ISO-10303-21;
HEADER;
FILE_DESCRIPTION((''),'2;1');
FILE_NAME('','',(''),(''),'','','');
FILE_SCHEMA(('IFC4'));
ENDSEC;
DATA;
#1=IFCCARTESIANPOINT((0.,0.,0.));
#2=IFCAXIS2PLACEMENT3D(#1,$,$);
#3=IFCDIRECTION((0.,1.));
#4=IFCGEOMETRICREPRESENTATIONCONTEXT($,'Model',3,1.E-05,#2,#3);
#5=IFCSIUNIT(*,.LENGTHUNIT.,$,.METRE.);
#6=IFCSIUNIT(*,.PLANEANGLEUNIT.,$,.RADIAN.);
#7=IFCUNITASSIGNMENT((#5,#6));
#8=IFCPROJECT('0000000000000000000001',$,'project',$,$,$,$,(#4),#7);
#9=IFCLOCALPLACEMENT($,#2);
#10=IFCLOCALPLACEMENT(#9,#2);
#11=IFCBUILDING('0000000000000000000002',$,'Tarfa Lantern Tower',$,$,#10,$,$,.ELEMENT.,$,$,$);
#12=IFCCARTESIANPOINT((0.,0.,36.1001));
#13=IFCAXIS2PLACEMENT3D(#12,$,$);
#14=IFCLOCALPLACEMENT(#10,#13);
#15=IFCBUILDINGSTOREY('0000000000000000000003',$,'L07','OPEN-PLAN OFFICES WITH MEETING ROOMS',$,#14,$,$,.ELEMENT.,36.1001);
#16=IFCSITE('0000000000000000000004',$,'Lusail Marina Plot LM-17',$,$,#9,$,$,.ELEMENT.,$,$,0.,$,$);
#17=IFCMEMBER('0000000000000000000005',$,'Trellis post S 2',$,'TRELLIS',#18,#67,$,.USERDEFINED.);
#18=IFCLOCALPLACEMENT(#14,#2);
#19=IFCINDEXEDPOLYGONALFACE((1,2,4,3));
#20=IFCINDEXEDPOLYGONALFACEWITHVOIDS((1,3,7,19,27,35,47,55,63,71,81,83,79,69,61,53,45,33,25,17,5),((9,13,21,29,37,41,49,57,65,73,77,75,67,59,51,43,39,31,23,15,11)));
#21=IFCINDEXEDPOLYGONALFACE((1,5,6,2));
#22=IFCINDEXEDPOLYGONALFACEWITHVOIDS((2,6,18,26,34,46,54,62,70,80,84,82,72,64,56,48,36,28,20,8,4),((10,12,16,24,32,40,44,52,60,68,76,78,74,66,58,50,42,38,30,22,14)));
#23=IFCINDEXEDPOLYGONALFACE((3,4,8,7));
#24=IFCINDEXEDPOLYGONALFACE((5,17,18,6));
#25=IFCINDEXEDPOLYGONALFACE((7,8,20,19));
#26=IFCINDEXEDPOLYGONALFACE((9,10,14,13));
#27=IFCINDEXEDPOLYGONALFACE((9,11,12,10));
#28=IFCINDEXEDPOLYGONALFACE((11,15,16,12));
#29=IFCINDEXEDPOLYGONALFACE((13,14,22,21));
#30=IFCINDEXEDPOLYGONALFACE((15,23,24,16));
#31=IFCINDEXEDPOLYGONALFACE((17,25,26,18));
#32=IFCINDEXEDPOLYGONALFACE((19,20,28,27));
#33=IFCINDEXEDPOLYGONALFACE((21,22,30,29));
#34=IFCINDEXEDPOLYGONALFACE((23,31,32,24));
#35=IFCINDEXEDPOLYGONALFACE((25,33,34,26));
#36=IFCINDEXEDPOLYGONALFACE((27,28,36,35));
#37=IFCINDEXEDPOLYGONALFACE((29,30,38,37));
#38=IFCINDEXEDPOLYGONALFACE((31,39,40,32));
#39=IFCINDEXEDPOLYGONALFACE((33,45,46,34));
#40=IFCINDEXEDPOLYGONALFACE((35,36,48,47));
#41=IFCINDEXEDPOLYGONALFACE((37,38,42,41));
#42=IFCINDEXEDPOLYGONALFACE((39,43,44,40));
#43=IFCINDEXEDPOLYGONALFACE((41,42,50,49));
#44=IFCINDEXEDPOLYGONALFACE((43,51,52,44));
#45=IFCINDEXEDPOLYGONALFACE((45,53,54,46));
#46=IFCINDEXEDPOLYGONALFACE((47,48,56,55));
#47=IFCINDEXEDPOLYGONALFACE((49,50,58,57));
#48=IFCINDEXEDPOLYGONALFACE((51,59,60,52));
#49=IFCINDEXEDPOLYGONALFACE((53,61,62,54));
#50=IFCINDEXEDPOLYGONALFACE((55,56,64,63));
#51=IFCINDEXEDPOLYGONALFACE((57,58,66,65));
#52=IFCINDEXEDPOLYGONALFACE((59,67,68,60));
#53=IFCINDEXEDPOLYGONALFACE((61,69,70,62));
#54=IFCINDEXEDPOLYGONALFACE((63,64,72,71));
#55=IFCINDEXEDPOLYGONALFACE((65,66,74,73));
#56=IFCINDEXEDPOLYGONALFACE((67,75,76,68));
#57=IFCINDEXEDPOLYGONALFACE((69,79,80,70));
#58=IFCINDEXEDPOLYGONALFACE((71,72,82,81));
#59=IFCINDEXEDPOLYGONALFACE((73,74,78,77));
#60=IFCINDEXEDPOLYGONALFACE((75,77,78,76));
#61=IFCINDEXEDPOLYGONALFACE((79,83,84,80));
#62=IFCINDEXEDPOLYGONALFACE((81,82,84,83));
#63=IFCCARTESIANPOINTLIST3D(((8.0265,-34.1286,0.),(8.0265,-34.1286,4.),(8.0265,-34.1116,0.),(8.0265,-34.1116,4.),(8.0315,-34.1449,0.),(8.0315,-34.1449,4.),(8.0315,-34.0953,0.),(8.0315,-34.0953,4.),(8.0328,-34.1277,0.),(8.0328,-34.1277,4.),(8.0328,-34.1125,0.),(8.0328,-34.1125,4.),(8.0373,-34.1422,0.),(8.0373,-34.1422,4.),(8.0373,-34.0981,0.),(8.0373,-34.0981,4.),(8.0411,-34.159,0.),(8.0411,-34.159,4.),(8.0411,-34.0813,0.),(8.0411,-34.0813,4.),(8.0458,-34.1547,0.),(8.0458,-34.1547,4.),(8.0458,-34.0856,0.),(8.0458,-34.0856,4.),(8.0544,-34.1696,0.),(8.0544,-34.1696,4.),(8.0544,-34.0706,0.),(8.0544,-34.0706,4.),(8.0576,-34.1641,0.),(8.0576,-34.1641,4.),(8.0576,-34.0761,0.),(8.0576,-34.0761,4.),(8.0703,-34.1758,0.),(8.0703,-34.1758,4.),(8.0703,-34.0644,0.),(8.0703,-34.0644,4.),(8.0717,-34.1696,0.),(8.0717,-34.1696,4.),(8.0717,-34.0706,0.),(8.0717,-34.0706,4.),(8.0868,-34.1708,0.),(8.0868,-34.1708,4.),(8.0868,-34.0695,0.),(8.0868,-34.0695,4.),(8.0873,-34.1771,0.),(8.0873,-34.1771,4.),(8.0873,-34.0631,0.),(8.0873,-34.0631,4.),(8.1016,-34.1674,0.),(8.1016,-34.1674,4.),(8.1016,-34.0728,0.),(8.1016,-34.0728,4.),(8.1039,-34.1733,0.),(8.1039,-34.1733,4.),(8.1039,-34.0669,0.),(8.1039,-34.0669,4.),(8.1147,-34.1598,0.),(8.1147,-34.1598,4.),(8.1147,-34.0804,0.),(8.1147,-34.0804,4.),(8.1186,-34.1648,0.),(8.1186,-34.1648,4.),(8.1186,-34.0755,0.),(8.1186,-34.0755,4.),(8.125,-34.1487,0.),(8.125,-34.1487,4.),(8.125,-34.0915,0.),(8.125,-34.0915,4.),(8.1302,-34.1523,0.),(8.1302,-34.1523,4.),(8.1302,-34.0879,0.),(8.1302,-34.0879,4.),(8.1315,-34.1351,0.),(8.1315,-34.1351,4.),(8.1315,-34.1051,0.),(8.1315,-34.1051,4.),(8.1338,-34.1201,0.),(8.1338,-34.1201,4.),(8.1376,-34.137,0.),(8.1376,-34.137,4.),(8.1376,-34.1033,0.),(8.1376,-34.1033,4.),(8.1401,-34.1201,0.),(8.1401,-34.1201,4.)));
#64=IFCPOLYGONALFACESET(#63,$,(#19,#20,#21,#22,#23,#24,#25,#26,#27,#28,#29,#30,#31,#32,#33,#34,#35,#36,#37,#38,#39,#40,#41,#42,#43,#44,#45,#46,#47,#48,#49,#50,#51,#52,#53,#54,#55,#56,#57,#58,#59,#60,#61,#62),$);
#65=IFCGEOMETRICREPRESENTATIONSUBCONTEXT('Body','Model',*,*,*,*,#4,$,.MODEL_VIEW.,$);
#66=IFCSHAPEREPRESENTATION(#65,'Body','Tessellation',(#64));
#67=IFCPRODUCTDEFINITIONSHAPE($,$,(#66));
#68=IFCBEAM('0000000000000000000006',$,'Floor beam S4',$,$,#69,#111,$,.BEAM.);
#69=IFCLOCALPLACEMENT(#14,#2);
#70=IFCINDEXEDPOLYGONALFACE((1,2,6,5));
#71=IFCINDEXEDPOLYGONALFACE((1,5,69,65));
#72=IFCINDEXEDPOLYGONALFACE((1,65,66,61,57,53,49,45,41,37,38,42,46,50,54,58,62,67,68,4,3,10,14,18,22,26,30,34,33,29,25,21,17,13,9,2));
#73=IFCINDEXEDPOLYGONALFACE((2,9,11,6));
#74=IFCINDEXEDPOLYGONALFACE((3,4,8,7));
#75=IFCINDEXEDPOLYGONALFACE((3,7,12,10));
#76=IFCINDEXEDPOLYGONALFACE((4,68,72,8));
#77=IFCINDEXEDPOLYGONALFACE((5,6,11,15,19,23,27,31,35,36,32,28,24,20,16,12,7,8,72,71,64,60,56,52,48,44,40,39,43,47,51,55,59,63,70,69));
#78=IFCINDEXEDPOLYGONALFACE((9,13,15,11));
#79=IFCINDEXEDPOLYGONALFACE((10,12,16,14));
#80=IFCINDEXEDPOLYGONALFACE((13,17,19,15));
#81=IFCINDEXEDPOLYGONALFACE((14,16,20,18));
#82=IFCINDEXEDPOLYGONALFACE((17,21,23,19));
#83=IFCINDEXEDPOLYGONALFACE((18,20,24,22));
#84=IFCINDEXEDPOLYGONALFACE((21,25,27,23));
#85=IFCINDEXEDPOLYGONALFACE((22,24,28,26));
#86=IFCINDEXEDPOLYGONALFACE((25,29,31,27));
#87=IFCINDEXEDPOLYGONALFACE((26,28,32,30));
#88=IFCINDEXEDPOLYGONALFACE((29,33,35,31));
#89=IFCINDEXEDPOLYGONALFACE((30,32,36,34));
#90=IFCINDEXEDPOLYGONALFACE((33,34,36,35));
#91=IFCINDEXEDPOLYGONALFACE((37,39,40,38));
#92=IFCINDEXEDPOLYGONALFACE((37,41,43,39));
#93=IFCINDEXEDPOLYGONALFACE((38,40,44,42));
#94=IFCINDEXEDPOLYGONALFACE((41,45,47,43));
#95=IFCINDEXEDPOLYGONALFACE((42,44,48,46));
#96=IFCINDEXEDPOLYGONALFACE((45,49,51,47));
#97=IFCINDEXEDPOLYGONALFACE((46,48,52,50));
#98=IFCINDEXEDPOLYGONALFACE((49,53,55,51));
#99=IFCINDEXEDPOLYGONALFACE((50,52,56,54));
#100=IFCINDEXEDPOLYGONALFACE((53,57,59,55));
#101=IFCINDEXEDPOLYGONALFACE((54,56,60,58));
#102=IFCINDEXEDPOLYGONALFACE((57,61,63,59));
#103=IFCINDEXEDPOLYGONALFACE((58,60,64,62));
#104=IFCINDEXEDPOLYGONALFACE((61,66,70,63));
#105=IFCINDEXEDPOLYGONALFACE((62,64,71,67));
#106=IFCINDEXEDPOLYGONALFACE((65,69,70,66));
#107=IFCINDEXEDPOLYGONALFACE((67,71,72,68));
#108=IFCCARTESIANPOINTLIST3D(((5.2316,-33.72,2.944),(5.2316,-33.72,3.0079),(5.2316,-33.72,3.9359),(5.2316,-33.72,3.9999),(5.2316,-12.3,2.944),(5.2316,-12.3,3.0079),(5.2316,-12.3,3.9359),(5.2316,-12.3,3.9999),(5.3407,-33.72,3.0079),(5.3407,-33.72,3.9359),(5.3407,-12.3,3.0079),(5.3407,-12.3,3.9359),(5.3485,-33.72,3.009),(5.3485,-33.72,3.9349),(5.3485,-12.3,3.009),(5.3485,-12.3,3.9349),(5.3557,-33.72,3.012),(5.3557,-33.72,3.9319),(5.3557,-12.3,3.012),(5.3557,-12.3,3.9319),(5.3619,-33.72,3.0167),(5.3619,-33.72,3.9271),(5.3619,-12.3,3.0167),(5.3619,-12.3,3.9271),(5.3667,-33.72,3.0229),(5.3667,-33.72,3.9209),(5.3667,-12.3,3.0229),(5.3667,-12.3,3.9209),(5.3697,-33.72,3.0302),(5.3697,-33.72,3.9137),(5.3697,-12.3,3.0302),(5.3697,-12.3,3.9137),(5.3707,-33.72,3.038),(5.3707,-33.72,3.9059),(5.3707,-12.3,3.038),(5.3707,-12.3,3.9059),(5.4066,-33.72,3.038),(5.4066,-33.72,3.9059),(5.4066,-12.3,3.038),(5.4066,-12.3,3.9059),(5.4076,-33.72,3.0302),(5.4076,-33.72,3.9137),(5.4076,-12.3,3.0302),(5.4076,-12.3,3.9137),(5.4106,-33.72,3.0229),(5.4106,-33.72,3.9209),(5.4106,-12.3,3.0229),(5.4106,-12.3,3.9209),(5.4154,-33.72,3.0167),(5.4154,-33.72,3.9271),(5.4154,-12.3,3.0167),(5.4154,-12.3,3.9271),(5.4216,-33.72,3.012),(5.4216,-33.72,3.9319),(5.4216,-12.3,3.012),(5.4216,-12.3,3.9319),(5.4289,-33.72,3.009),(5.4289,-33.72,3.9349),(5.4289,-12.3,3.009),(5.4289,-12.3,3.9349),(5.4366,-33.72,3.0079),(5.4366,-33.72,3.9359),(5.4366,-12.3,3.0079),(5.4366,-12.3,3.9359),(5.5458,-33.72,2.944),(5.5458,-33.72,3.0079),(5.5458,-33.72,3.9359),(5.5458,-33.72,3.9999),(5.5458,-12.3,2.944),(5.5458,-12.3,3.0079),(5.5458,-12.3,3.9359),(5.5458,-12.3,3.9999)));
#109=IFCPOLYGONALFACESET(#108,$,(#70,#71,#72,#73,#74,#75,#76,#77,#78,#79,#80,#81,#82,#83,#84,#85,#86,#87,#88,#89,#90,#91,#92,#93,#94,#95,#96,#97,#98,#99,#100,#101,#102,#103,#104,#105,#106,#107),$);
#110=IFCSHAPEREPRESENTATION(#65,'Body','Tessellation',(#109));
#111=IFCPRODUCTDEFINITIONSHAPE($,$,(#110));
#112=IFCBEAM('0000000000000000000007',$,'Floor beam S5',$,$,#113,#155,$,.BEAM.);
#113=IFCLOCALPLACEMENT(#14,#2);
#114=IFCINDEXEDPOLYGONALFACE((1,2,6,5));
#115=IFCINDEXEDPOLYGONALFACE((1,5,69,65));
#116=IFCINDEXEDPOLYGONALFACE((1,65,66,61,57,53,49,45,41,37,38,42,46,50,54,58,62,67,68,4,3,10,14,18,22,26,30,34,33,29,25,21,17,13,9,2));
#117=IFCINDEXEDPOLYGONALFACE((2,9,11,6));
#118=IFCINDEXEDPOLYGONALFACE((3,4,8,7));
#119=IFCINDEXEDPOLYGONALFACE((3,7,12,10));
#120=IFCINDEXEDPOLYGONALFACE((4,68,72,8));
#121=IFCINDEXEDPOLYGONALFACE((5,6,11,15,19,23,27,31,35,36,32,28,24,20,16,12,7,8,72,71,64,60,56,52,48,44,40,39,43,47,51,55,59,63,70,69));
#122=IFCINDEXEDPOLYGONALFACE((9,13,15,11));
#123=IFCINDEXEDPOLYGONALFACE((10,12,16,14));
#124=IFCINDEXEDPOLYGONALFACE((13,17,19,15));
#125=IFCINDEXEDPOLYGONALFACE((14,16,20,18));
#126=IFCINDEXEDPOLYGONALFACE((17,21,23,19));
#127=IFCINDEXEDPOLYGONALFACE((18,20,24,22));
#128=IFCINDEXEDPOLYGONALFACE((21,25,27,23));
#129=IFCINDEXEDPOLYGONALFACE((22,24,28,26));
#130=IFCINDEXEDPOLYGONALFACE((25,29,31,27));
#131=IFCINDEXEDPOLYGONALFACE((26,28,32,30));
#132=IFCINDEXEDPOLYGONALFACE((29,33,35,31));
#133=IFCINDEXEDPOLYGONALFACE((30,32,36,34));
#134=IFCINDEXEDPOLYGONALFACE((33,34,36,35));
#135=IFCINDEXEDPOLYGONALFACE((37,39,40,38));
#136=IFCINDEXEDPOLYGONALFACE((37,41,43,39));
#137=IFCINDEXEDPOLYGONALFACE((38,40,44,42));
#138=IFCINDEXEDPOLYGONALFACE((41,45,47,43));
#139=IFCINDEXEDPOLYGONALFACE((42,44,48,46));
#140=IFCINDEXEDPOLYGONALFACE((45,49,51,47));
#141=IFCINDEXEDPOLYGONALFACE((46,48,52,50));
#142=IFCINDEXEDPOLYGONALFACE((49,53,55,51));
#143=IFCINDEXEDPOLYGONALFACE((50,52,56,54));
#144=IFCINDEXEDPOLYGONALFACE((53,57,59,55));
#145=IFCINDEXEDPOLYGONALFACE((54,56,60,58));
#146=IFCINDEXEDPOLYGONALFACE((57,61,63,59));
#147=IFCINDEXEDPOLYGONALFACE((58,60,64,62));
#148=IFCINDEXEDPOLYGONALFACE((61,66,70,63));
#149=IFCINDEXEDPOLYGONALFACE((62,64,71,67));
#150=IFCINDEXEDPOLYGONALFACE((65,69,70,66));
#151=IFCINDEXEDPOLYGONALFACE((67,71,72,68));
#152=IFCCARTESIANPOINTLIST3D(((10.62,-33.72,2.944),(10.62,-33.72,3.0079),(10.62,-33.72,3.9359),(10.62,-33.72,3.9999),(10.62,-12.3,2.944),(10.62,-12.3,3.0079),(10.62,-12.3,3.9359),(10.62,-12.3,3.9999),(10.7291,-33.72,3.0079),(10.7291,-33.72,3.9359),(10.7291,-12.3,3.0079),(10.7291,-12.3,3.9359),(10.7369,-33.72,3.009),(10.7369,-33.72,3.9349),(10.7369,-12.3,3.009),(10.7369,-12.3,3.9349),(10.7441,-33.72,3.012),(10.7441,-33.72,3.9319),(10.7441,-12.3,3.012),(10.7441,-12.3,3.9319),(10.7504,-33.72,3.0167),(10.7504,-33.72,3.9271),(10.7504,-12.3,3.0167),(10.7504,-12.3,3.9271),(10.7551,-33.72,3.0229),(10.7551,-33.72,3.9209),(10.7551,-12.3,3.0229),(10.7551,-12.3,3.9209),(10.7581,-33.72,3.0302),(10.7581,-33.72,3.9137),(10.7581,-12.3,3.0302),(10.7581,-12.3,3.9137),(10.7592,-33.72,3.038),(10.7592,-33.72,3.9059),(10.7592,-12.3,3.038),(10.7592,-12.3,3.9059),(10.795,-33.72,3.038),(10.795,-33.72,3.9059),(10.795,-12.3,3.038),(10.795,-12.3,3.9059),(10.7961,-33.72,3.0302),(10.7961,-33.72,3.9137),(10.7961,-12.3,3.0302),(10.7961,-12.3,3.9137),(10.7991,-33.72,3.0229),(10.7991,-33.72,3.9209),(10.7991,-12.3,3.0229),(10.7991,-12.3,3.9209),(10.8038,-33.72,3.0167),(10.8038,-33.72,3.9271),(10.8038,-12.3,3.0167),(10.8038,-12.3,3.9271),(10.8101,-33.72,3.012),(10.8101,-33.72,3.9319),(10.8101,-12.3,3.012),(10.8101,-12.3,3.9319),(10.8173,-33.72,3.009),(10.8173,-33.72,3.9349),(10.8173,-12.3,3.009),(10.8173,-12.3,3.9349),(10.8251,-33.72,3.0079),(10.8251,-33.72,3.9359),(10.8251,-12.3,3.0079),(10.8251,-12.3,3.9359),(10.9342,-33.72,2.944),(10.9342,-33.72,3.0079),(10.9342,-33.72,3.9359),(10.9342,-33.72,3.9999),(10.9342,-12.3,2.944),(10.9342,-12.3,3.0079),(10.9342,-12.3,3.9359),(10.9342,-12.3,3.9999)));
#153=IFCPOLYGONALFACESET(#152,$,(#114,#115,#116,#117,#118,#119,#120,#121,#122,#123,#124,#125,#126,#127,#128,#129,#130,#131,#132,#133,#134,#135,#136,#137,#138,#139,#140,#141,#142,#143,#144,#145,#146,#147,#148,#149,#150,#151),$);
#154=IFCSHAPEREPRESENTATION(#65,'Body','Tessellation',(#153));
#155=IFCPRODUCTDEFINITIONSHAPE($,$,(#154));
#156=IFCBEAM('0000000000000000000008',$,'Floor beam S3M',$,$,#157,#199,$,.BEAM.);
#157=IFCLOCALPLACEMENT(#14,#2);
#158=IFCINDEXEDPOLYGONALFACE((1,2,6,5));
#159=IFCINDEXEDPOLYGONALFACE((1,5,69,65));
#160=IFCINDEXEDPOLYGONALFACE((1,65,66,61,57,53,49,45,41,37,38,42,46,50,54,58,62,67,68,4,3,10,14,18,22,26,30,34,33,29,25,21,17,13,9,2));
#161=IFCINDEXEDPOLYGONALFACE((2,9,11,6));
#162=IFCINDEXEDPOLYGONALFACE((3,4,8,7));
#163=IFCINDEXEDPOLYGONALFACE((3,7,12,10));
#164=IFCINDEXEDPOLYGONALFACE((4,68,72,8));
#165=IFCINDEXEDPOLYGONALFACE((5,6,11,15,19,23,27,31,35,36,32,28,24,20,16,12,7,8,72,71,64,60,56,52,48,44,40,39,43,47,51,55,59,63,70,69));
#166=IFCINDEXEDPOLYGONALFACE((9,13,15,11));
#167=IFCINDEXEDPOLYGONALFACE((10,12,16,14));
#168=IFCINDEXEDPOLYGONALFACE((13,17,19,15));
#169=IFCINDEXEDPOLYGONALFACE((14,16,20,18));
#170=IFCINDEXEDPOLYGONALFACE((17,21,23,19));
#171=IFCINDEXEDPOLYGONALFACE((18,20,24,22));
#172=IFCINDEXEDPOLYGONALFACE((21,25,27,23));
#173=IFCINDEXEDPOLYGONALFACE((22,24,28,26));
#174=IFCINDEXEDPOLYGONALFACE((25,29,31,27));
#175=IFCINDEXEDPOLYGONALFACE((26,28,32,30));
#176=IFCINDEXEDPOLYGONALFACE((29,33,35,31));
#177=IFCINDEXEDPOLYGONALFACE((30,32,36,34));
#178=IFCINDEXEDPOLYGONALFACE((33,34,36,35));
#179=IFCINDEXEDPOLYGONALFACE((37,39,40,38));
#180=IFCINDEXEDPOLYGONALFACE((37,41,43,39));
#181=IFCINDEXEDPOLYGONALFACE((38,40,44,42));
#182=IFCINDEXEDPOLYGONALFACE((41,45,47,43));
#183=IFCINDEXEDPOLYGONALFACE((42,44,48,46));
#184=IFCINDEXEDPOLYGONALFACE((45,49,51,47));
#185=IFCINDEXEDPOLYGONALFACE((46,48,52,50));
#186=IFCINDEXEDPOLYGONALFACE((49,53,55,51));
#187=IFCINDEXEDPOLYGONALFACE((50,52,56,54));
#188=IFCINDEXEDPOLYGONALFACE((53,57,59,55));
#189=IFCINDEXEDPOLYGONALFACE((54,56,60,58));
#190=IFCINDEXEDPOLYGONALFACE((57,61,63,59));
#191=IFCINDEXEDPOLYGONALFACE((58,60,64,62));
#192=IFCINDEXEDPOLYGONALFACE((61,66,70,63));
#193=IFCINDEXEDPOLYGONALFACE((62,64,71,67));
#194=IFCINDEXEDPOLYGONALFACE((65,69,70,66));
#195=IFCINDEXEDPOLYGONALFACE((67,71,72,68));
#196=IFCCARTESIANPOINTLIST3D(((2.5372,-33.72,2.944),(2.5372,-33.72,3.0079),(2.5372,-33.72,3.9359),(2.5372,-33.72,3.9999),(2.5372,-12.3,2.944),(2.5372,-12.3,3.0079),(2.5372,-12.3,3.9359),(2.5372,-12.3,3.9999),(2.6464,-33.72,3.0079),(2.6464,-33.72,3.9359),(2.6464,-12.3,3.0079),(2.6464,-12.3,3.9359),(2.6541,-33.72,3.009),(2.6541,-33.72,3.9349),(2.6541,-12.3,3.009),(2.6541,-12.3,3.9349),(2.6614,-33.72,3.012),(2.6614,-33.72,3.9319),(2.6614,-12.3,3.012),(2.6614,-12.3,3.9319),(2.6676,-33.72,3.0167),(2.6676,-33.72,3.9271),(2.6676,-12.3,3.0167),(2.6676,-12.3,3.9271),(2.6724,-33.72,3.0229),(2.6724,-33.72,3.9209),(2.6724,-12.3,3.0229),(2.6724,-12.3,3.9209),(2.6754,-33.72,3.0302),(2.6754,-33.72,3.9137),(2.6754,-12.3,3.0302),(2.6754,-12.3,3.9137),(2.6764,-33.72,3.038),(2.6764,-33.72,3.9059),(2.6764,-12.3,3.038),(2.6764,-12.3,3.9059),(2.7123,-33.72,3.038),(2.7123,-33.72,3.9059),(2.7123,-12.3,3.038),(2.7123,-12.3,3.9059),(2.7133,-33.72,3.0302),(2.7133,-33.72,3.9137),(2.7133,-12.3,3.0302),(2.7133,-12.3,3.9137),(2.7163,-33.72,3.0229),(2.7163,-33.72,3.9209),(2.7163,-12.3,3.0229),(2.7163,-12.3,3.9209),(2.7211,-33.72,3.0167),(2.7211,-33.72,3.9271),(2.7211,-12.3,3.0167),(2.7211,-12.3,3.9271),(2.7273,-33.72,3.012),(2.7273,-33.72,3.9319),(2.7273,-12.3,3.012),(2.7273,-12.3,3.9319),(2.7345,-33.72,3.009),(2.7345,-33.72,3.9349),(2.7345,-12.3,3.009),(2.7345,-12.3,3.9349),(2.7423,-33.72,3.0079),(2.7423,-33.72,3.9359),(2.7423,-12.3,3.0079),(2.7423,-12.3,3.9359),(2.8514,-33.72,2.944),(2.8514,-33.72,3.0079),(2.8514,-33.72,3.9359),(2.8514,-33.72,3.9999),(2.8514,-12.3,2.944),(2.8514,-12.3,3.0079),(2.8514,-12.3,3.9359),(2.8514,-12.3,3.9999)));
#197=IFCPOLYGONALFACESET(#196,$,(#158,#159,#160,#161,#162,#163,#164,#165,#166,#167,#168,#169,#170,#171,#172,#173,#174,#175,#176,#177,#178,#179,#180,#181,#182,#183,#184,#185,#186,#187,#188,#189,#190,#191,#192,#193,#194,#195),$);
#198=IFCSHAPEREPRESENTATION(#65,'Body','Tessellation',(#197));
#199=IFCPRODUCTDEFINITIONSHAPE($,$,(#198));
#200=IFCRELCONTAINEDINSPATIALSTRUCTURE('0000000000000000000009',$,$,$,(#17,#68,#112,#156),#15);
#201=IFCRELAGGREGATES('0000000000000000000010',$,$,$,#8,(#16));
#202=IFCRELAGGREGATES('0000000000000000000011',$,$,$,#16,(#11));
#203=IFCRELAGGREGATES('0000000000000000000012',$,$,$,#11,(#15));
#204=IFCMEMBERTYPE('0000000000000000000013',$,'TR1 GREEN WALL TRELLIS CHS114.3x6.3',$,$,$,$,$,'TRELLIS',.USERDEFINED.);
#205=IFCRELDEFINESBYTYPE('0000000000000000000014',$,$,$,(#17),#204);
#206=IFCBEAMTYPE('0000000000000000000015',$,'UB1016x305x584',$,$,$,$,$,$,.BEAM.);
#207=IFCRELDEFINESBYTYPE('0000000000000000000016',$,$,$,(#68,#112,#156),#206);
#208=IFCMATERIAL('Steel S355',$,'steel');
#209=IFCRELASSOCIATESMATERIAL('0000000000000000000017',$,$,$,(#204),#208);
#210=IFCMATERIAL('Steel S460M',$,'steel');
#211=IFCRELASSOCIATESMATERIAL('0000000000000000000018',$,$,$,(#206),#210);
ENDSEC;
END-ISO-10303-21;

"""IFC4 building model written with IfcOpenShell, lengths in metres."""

from ifc_helpers import new_model, si_unit, direction, frame, origin, origin_2d, place, context, subcontext, project, spatial, hollow_circle, i_section, extrude, material, material_profile, profile_set, type_object, element, save


model = new_model("IFC4")

# Units and contexts
model_context = context("Model", 3, precision=1e-05, world=origin(), true_north=direction((0.0, 1.0)))
body_context = subcontext(model_context, "Body", "Model", "MODEL_VIEW")
ifc_project = project(units=[si_unit("LENGTHUNIT", "METRE"), si_unit("PLANEANGLEUNIT", "RADIAN")], contexts=[model_context])

# Site, building, storey
site_placement = place(None, origin())
site = spatial("IfcSite", under=ifc_project, at=site_placement, Name="Lusail Marina Plot LM-17", CompositionType="ELEMENT", RefElevation=0.0)
building_placement = place(site_placement, origin())
building = spatial("IfcBuilding", under=site, at=building_placement, Name="Tarfa Lantern Tower", CompositionType="ELEMENT")
storey_placement = place(building_placement, frame((0.0, 0.0, 36.1001)))
storey = spatial("IfcBuildingStorey", under=building, at=storey_placement, Name="L07", Description="OPEN-PLAN OFFICES WITH MEETING ROOMS", CompositionType="ELEMENT", Elevation=36.1001)

# Member
ifc_material_1 = material(Name="Steel S355", Category="steel")
ifc_material_profile_1 = material_profile(ifc_material_1, hollow_circle(Radius=0.0571, WallThickness=0.0063, at=origin_2d()), Name="CHS114.3x6.3")
ifc_profile_set_1 = profile_set([ifc_material_profile_1], Name="Steel S355")
member_type_1 = type_object("IfcMemberType", Name="TR1 GREEN WALL TRELLIS CHS114.3x6.3", ElementType="TRELLIS", PredefinedType="USERDEFINED", material=ifc_profile_set_1)
member_1_placement = place(storey_placement, frame((8.083, -34.1201, 0.0), z_axis=(0.0, 0.0, 1.0), x_axis=(1.0, 0.0, 0.0)))
element("IfcMember", 1, at=member_1_placement, inside=storey, type_object=member_type_1, Name="Trellis post S 2", ObjectType="TRELLIS", PredefinedType="USERDEFINED", context=body_context, shape_type="SweptSolid", body=[
    extrude(hollow_circle(Radius=0.0571, WallThickness=0.0063, at=origin_2d()), origin(), (0.0, 0.0, 1.0), 4.0),
])

# Beams
ifc_material_2 = material(Name="Steel S460M", Category="steel")
ifc_material_profile_2 = material_profile(ifc_material_2, i_section(OverallWidth=0.3142, OverallDepth=1.0559, WebThickness=0.0359, FlangeThickness=0.064, FilletRadius=0.03, at=origin_2d()), Name="UB1016x305x584")
ifc_profile_set_2 = profile_set([ifc_material_profile_2], Name="Steel S460M")
beam_type_1 = type_object("IfcBeamType", Name="UB1016x305x584", PredefinedType="BEAM", material=ifc_profile_set_2)
for number, where, z_axis, x_axis, name in (
    (2, (5.3887, -33.72, 3.4719), (0.0, 1.0, 0.0), (-1.0, 0.0, 0.0), "Floor beam S4"),
    (3, (10.7771, -33.72, 3.4719), (0.0, 1.0, 0.0), (-1.0, 0.0, 0.0), "Floor beam S5"),
    (4, (2.6943, -33.72, 3.4719), (0.0, 1.0, 0.0), (-1.0, 0.0, 0.0), "Floor beam S3M"),
):
    element("IfcBeam", number, at=place(storey_placement, frame(where, z_axis=z_axis, x_axis=x_axis)), inside=storey, type_object=beam_type_1, Name=name, PredefinedType="BEAM", context=body_context, shape_type="SweptSolid", body=[
        extrude(i_section(OverallWidth=0.3142, OverallDepth=1.0559, WebThickness=0.0359, FlangeThickness=0.064, FilletRadius=0.03, at=origin_2d()), origin(), (0.0, 0.0, 1.0), 21.4199),
    ])

save(model, "model.ifc")
